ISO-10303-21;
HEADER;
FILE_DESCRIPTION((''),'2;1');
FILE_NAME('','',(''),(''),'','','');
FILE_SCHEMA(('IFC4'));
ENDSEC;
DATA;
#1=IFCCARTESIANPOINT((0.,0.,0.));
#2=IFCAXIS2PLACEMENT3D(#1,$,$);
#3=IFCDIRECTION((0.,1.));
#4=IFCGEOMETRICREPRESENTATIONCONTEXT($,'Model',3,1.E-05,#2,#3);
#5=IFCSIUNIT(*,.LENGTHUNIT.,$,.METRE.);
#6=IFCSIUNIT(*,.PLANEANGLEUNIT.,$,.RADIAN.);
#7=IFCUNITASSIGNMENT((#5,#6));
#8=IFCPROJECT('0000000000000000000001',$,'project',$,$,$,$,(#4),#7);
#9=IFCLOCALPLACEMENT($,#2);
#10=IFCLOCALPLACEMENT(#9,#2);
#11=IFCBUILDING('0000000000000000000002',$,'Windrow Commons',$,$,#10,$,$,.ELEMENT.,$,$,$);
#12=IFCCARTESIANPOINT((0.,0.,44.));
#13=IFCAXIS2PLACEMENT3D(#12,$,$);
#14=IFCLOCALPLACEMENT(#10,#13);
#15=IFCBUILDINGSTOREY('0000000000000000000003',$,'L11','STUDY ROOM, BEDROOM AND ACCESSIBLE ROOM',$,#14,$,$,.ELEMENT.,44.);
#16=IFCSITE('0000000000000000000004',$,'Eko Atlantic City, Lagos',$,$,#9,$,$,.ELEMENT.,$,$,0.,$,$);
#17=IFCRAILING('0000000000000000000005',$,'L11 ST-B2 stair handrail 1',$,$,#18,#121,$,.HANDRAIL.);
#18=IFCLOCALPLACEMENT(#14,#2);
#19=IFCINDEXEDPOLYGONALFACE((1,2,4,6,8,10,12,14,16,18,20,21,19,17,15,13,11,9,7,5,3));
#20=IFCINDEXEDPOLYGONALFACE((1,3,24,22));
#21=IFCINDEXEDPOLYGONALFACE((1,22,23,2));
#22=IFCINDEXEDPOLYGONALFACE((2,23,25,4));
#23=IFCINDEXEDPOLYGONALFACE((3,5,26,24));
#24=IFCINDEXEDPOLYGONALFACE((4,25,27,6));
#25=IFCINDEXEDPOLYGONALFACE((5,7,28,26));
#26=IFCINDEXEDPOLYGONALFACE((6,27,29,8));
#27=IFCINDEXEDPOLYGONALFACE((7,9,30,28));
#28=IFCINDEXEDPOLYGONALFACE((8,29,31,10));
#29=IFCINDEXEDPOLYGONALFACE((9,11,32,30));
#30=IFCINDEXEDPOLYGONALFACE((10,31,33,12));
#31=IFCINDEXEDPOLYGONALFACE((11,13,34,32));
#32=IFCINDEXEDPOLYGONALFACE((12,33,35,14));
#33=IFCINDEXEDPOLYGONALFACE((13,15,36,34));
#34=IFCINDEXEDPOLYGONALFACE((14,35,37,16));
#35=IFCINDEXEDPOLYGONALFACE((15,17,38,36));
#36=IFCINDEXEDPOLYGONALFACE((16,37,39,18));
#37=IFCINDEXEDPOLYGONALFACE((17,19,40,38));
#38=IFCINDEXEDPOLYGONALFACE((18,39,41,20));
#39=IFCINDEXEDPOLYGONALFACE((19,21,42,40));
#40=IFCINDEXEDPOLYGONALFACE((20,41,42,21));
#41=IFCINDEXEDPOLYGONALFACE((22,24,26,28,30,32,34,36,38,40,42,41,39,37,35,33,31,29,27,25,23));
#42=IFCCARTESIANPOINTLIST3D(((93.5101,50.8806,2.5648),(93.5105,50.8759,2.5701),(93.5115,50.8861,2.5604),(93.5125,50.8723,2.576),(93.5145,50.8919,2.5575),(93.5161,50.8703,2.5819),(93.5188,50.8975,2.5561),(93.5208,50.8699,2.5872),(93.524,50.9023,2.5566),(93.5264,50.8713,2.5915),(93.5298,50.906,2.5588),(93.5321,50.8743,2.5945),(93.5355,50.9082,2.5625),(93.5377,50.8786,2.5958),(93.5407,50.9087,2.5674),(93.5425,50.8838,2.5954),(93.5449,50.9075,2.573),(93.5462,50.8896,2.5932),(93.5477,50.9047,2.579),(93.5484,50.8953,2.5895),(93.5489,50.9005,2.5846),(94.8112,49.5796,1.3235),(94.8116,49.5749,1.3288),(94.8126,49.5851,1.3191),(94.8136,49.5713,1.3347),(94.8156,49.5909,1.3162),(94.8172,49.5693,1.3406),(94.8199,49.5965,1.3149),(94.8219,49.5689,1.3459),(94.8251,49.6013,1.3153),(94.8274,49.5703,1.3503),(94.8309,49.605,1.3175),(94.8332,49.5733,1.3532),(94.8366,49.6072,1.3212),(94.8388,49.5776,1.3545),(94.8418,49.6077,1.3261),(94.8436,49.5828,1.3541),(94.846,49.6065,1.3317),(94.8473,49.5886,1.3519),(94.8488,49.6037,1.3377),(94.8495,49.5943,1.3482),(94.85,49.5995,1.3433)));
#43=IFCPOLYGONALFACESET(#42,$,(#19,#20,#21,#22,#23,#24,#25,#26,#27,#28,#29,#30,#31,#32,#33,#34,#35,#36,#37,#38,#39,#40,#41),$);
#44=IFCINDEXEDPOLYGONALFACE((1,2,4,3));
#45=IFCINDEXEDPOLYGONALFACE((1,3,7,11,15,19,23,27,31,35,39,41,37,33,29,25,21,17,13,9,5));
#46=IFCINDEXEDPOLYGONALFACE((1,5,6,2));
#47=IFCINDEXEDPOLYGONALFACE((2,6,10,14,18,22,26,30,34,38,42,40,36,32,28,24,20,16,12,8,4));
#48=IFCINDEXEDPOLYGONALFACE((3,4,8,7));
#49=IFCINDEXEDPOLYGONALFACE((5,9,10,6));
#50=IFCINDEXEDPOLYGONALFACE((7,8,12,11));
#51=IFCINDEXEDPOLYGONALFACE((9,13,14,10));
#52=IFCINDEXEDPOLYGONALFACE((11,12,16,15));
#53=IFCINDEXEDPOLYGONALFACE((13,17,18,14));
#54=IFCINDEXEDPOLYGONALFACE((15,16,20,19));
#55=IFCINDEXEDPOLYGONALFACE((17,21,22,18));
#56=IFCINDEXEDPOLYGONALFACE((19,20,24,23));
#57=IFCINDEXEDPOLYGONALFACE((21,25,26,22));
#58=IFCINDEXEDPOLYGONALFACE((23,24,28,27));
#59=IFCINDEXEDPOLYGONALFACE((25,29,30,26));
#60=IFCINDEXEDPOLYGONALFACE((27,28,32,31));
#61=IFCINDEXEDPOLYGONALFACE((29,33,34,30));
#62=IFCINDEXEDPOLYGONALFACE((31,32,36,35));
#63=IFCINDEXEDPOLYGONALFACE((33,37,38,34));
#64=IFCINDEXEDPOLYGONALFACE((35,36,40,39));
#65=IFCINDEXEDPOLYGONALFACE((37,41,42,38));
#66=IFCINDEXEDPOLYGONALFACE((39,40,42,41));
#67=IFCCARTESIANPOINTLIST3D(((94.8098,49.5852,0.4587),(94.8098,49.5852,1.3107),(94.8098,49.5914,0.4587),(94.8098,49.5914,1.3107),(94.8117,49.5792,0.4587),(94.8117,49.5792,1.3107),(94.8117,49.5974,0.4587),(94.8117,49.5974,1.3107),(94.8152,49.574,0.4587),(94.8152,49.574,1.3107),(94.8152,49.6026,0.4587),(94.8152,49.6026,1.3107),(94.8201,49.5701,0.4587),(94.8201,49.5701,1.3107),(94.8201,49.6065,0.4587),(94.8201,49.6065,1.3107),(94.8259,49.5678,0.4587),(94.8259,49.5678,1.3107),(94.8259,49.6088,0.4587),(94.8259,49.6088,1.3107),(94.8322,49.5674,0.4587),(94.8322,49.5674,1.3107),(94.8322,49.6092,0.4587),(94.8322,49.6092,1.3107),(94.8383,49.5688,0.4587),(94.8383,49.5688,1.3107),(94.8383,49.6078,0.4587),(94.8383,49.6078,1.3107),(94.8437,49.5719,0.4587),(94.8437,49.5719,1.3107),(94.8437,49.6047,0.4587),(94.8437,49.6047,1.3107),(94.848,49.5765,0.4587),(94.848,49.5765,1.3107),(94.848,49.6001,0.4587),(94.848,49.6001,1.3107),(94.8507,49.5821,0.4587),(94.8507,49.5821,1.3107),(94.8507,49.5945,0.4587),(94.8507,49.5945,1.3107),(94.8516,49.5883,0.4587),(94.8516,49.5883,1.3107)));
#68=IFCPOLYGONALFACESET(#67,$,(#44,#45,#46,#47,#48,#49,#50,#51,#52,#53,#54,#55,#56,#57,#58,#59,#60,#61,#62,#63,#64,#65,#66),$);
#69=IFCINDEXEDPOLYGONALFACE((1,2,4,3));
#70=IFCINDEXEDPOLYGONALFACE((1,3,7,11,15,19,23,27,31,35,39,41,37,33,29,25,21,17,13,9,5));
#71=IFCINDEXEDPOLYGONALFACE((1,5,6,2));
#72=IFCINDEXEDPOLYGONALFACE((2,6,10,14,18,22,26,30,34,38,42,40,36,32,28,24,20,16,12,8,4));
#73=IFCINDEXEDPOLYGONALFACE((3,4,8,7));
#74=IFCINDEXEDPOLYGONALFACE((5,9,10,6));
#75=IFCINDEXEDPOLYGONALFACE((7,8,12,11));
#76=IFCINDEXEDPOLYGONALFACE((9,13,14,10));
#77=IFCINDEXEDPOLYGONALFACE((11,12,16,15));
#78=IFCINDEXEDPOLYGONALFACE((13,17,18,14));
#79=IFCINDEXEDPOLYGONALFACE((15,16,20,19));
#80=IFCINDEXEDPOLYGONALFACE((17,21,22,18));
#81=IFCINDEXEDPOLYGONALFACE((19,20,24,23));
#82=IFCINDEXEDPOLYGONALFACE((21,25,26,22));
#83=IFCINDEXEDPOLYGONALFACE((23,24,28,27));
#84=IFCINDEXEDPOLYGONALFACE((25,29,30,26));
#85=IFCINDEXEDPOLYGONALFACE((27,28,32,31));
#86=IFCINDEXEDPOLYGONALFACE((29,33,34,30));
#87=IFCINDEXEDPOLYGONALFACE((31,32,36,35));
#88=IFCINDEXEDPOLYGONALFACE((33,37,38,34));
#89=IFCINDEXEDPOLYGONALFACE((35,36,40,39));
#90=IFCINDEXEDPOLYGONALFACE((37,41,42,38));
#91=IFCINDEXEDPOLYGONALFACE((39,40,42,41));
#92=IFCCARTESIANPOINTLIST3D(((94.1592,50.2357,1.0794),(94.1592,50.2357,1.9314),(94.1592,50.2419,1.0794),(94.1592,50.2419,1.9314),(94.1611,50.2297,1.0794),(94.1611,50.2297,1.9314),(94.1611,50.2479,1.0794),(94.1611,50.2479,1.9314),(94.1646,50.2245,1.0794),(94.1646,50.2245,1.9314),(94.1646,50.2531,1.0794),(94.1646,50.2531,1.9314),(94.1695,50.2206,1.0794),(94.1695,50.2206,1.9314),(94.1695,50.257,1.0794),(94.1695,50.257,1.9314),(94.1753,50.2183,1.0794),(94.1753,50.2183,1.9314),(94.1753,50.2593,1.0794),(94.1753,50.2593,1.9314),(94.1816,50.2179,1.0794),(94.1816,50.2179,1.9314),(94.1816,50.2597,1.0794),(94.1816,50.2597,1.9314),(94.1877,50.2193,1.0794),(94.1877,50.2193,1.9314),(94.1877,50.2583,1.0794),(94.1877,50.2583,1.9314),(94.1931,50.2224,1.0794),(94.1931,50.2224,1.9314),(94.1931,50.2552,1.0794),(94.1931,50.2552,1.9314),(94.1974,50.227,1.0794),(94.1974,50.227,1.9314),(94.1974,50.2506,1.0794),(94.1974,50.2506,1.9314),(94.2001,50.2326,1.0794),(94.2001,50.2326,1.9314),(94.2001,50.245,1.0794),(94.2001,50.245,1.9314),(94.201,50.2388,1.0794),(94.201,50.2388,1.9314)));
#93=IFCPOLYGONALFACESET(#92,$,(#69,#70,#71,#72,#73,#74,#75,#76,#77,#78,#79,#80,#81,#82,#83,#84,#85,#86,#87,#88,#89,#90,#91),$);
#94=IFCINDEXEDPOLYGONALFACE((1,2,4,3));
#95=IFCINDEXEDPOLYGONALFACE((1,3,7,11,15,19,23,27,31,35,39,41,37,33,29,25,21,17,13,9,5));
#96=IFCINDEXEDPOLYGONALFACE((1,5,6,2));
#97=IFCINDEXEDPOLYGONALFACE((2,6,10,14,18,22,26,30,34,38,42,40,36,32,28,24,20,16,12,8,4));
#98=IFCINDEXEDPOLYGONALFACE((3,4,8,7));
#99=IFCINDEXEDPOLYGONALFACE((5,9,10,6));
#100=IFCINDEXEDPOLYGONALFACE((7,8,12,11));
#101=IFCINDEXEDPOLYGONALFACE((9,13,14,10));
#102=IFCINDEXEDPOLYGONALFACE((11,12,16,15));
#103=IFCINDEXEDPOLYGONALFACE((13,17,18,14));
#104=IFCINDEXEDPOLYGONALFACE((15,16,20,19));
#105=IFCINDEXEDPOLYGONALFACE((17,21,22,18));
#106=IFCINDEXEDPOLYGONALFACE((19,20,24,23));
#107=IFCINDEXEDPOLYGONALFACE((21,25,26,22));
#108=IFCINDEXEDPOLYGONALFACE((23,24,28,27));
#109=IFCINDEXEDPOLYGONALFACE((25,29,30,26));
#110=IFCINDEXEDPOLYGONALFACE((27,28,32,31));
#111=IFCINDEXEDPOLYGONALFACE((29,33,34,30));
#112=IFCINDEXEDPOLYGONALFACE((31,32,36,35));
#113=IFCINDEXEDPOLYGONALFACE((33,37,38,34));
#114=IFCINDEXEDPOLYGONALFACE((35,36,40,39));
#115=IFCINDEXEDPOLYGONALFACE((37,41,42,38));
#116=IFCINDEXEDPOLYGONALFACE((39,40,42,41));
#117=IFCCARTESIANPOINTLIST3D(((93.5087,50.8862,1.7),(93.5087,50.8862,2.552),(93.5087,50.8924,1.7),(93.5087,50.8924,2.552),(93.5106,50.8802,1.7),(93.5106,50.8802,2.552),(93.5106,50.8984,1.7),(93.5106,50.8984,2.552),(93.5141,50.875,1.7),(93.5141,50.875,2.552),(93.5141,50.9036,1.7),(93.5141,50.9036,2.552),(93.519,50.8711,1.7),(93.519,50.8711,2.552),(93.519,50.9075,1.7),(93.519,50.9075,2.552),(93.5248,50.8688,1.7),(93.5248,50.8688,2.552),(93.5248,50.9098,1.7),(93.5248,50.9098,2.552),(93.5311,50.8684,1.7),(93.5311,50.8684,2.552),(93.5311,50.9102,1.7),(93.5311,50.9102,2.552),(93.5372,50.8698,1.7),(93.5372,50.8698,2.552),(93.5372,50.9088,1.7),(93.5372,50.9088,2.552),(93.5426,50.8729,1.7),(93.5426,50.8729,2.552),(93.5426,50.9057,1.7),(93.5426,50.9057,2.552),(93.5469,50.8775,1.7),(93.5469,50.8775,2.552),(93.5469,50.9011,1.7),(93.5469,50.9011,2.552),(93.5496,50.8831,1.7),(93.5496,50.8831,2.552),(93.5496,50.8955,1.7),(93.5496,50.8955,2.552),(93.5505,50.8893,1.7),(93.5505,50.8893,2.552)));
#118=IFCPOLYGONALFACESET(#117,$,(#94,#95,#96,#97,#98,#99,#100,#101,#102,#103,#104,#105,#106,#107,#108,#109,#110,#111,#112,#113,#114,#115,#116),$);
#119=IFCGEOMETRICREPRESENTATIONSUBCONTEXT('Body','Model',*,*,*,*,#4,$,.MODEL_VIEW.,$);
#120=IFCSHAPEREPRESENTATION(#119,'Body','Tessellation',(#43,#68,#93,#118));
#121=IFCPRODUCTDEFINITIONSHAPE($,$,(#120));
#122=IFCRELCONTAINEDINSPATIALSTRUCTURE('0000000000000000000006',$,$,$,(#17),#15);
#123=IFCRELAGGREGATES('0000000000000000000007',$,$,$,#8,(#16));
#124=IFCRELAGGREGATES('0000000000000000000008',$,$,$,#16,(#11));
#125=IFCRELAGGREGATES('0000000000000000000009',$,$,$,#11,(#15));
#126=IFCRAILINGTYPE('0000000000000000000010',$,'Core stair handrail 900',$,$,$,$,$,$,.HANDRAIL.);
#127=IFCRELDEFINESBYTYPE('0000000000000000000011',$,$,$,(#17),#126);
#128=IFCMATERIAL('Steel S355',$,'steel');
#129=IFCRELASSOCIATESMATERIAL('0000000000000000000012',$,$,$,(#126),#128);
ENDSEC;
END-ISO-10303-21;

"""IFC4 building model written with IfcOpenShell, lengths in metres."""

from ifc_helpers import new_model, si_unit, direction, frame, origin, origin_2d, place, context, subcontext, project, spatial, circle, extrude, material, type_object, element, save


model = new_model("IFC4")

# Units and contexts
model_context = context("Model", 3, precision=1e-05, world=origin(), true_north=direction((0.0, 1.0)))
body_context = subcontext(model_context, "Body", "Model", "MODEL_VIEW")
ifc_project = project(units=[si_unit("LENGTHUNIT", "METRE"), si_unit("PLANEANGLEUNIT", "RADIAN")], contexts=[model_context])

# Site, building, storey
site_placement = place(None, origin())
site = spatial("IfcSite", under=ifc_project, at=site_placement, Name="Eko Atlantic City, Lagos", CompositionType="ELEMENT", RefElevation=0.0)
building_placement = place(site_placement, origin())
building = spatial("IfcBuilding", under=site, at=building_placement, Name="Windrow Commons", CompositionType="ELEMENT")
storey_placement = place(building_placement, frame((0.0, 0.0, 44.0)))
storey = spatial("IfcBuildingStorey", under=building, at=storey_placement, Name="L11", Description="STUDY ROOM, BEDROOM AND ACCESSIBLE ROOM", CompositionType="ELEMENT", Elevation=44.0)

# Railing
ifc_material_1 = material(Name="Steel S355", Category="steel")
railing_type = type_object("IfcRailingType", Name="Core stair handrail 900", PredefinedType="HANDRAIL", material=ifc_material_1)
railing_placement = place(storey_placement, frame((94.8306, 49.5883, 0.4587)))
element("IfcRailing", 1, at=railing_placement, inside=storey, type_object=railing_type, Name="L11 ST-B2 stair handrail 1", PredefinedType="HANDRAIL", context=body_context, shape_type="SweptSolid", body=[
    extrude(circle(Radius=0.024, at=origin_2d()), frame((0.0, 0.0, 0.876), z_axis=(-0.586207, 0.586162, 0.559264), x_axis=(-0.70708, -0.707134, 0.0)), (0.0, 0.0, 1.0), 2.2195),
    extrude(circle(Radius=0.021, at=origin_2d()), origin(), (0.0, 0.0, 1.0), 0.852),
    extrude(circle(Radius=0.021, at=origin_2d()), frame((-0.6506, 0.6505, 0.6207)), (0.0, 0.0, 1.0), 0.852),
    extrude(circle(Radius=0.021, at=origin_2d()), frame((-1.3011, 1.301, 1.2413)), (0.0, 0.0, 1.0), 0.852),
])

save(model, "model.ifc")
